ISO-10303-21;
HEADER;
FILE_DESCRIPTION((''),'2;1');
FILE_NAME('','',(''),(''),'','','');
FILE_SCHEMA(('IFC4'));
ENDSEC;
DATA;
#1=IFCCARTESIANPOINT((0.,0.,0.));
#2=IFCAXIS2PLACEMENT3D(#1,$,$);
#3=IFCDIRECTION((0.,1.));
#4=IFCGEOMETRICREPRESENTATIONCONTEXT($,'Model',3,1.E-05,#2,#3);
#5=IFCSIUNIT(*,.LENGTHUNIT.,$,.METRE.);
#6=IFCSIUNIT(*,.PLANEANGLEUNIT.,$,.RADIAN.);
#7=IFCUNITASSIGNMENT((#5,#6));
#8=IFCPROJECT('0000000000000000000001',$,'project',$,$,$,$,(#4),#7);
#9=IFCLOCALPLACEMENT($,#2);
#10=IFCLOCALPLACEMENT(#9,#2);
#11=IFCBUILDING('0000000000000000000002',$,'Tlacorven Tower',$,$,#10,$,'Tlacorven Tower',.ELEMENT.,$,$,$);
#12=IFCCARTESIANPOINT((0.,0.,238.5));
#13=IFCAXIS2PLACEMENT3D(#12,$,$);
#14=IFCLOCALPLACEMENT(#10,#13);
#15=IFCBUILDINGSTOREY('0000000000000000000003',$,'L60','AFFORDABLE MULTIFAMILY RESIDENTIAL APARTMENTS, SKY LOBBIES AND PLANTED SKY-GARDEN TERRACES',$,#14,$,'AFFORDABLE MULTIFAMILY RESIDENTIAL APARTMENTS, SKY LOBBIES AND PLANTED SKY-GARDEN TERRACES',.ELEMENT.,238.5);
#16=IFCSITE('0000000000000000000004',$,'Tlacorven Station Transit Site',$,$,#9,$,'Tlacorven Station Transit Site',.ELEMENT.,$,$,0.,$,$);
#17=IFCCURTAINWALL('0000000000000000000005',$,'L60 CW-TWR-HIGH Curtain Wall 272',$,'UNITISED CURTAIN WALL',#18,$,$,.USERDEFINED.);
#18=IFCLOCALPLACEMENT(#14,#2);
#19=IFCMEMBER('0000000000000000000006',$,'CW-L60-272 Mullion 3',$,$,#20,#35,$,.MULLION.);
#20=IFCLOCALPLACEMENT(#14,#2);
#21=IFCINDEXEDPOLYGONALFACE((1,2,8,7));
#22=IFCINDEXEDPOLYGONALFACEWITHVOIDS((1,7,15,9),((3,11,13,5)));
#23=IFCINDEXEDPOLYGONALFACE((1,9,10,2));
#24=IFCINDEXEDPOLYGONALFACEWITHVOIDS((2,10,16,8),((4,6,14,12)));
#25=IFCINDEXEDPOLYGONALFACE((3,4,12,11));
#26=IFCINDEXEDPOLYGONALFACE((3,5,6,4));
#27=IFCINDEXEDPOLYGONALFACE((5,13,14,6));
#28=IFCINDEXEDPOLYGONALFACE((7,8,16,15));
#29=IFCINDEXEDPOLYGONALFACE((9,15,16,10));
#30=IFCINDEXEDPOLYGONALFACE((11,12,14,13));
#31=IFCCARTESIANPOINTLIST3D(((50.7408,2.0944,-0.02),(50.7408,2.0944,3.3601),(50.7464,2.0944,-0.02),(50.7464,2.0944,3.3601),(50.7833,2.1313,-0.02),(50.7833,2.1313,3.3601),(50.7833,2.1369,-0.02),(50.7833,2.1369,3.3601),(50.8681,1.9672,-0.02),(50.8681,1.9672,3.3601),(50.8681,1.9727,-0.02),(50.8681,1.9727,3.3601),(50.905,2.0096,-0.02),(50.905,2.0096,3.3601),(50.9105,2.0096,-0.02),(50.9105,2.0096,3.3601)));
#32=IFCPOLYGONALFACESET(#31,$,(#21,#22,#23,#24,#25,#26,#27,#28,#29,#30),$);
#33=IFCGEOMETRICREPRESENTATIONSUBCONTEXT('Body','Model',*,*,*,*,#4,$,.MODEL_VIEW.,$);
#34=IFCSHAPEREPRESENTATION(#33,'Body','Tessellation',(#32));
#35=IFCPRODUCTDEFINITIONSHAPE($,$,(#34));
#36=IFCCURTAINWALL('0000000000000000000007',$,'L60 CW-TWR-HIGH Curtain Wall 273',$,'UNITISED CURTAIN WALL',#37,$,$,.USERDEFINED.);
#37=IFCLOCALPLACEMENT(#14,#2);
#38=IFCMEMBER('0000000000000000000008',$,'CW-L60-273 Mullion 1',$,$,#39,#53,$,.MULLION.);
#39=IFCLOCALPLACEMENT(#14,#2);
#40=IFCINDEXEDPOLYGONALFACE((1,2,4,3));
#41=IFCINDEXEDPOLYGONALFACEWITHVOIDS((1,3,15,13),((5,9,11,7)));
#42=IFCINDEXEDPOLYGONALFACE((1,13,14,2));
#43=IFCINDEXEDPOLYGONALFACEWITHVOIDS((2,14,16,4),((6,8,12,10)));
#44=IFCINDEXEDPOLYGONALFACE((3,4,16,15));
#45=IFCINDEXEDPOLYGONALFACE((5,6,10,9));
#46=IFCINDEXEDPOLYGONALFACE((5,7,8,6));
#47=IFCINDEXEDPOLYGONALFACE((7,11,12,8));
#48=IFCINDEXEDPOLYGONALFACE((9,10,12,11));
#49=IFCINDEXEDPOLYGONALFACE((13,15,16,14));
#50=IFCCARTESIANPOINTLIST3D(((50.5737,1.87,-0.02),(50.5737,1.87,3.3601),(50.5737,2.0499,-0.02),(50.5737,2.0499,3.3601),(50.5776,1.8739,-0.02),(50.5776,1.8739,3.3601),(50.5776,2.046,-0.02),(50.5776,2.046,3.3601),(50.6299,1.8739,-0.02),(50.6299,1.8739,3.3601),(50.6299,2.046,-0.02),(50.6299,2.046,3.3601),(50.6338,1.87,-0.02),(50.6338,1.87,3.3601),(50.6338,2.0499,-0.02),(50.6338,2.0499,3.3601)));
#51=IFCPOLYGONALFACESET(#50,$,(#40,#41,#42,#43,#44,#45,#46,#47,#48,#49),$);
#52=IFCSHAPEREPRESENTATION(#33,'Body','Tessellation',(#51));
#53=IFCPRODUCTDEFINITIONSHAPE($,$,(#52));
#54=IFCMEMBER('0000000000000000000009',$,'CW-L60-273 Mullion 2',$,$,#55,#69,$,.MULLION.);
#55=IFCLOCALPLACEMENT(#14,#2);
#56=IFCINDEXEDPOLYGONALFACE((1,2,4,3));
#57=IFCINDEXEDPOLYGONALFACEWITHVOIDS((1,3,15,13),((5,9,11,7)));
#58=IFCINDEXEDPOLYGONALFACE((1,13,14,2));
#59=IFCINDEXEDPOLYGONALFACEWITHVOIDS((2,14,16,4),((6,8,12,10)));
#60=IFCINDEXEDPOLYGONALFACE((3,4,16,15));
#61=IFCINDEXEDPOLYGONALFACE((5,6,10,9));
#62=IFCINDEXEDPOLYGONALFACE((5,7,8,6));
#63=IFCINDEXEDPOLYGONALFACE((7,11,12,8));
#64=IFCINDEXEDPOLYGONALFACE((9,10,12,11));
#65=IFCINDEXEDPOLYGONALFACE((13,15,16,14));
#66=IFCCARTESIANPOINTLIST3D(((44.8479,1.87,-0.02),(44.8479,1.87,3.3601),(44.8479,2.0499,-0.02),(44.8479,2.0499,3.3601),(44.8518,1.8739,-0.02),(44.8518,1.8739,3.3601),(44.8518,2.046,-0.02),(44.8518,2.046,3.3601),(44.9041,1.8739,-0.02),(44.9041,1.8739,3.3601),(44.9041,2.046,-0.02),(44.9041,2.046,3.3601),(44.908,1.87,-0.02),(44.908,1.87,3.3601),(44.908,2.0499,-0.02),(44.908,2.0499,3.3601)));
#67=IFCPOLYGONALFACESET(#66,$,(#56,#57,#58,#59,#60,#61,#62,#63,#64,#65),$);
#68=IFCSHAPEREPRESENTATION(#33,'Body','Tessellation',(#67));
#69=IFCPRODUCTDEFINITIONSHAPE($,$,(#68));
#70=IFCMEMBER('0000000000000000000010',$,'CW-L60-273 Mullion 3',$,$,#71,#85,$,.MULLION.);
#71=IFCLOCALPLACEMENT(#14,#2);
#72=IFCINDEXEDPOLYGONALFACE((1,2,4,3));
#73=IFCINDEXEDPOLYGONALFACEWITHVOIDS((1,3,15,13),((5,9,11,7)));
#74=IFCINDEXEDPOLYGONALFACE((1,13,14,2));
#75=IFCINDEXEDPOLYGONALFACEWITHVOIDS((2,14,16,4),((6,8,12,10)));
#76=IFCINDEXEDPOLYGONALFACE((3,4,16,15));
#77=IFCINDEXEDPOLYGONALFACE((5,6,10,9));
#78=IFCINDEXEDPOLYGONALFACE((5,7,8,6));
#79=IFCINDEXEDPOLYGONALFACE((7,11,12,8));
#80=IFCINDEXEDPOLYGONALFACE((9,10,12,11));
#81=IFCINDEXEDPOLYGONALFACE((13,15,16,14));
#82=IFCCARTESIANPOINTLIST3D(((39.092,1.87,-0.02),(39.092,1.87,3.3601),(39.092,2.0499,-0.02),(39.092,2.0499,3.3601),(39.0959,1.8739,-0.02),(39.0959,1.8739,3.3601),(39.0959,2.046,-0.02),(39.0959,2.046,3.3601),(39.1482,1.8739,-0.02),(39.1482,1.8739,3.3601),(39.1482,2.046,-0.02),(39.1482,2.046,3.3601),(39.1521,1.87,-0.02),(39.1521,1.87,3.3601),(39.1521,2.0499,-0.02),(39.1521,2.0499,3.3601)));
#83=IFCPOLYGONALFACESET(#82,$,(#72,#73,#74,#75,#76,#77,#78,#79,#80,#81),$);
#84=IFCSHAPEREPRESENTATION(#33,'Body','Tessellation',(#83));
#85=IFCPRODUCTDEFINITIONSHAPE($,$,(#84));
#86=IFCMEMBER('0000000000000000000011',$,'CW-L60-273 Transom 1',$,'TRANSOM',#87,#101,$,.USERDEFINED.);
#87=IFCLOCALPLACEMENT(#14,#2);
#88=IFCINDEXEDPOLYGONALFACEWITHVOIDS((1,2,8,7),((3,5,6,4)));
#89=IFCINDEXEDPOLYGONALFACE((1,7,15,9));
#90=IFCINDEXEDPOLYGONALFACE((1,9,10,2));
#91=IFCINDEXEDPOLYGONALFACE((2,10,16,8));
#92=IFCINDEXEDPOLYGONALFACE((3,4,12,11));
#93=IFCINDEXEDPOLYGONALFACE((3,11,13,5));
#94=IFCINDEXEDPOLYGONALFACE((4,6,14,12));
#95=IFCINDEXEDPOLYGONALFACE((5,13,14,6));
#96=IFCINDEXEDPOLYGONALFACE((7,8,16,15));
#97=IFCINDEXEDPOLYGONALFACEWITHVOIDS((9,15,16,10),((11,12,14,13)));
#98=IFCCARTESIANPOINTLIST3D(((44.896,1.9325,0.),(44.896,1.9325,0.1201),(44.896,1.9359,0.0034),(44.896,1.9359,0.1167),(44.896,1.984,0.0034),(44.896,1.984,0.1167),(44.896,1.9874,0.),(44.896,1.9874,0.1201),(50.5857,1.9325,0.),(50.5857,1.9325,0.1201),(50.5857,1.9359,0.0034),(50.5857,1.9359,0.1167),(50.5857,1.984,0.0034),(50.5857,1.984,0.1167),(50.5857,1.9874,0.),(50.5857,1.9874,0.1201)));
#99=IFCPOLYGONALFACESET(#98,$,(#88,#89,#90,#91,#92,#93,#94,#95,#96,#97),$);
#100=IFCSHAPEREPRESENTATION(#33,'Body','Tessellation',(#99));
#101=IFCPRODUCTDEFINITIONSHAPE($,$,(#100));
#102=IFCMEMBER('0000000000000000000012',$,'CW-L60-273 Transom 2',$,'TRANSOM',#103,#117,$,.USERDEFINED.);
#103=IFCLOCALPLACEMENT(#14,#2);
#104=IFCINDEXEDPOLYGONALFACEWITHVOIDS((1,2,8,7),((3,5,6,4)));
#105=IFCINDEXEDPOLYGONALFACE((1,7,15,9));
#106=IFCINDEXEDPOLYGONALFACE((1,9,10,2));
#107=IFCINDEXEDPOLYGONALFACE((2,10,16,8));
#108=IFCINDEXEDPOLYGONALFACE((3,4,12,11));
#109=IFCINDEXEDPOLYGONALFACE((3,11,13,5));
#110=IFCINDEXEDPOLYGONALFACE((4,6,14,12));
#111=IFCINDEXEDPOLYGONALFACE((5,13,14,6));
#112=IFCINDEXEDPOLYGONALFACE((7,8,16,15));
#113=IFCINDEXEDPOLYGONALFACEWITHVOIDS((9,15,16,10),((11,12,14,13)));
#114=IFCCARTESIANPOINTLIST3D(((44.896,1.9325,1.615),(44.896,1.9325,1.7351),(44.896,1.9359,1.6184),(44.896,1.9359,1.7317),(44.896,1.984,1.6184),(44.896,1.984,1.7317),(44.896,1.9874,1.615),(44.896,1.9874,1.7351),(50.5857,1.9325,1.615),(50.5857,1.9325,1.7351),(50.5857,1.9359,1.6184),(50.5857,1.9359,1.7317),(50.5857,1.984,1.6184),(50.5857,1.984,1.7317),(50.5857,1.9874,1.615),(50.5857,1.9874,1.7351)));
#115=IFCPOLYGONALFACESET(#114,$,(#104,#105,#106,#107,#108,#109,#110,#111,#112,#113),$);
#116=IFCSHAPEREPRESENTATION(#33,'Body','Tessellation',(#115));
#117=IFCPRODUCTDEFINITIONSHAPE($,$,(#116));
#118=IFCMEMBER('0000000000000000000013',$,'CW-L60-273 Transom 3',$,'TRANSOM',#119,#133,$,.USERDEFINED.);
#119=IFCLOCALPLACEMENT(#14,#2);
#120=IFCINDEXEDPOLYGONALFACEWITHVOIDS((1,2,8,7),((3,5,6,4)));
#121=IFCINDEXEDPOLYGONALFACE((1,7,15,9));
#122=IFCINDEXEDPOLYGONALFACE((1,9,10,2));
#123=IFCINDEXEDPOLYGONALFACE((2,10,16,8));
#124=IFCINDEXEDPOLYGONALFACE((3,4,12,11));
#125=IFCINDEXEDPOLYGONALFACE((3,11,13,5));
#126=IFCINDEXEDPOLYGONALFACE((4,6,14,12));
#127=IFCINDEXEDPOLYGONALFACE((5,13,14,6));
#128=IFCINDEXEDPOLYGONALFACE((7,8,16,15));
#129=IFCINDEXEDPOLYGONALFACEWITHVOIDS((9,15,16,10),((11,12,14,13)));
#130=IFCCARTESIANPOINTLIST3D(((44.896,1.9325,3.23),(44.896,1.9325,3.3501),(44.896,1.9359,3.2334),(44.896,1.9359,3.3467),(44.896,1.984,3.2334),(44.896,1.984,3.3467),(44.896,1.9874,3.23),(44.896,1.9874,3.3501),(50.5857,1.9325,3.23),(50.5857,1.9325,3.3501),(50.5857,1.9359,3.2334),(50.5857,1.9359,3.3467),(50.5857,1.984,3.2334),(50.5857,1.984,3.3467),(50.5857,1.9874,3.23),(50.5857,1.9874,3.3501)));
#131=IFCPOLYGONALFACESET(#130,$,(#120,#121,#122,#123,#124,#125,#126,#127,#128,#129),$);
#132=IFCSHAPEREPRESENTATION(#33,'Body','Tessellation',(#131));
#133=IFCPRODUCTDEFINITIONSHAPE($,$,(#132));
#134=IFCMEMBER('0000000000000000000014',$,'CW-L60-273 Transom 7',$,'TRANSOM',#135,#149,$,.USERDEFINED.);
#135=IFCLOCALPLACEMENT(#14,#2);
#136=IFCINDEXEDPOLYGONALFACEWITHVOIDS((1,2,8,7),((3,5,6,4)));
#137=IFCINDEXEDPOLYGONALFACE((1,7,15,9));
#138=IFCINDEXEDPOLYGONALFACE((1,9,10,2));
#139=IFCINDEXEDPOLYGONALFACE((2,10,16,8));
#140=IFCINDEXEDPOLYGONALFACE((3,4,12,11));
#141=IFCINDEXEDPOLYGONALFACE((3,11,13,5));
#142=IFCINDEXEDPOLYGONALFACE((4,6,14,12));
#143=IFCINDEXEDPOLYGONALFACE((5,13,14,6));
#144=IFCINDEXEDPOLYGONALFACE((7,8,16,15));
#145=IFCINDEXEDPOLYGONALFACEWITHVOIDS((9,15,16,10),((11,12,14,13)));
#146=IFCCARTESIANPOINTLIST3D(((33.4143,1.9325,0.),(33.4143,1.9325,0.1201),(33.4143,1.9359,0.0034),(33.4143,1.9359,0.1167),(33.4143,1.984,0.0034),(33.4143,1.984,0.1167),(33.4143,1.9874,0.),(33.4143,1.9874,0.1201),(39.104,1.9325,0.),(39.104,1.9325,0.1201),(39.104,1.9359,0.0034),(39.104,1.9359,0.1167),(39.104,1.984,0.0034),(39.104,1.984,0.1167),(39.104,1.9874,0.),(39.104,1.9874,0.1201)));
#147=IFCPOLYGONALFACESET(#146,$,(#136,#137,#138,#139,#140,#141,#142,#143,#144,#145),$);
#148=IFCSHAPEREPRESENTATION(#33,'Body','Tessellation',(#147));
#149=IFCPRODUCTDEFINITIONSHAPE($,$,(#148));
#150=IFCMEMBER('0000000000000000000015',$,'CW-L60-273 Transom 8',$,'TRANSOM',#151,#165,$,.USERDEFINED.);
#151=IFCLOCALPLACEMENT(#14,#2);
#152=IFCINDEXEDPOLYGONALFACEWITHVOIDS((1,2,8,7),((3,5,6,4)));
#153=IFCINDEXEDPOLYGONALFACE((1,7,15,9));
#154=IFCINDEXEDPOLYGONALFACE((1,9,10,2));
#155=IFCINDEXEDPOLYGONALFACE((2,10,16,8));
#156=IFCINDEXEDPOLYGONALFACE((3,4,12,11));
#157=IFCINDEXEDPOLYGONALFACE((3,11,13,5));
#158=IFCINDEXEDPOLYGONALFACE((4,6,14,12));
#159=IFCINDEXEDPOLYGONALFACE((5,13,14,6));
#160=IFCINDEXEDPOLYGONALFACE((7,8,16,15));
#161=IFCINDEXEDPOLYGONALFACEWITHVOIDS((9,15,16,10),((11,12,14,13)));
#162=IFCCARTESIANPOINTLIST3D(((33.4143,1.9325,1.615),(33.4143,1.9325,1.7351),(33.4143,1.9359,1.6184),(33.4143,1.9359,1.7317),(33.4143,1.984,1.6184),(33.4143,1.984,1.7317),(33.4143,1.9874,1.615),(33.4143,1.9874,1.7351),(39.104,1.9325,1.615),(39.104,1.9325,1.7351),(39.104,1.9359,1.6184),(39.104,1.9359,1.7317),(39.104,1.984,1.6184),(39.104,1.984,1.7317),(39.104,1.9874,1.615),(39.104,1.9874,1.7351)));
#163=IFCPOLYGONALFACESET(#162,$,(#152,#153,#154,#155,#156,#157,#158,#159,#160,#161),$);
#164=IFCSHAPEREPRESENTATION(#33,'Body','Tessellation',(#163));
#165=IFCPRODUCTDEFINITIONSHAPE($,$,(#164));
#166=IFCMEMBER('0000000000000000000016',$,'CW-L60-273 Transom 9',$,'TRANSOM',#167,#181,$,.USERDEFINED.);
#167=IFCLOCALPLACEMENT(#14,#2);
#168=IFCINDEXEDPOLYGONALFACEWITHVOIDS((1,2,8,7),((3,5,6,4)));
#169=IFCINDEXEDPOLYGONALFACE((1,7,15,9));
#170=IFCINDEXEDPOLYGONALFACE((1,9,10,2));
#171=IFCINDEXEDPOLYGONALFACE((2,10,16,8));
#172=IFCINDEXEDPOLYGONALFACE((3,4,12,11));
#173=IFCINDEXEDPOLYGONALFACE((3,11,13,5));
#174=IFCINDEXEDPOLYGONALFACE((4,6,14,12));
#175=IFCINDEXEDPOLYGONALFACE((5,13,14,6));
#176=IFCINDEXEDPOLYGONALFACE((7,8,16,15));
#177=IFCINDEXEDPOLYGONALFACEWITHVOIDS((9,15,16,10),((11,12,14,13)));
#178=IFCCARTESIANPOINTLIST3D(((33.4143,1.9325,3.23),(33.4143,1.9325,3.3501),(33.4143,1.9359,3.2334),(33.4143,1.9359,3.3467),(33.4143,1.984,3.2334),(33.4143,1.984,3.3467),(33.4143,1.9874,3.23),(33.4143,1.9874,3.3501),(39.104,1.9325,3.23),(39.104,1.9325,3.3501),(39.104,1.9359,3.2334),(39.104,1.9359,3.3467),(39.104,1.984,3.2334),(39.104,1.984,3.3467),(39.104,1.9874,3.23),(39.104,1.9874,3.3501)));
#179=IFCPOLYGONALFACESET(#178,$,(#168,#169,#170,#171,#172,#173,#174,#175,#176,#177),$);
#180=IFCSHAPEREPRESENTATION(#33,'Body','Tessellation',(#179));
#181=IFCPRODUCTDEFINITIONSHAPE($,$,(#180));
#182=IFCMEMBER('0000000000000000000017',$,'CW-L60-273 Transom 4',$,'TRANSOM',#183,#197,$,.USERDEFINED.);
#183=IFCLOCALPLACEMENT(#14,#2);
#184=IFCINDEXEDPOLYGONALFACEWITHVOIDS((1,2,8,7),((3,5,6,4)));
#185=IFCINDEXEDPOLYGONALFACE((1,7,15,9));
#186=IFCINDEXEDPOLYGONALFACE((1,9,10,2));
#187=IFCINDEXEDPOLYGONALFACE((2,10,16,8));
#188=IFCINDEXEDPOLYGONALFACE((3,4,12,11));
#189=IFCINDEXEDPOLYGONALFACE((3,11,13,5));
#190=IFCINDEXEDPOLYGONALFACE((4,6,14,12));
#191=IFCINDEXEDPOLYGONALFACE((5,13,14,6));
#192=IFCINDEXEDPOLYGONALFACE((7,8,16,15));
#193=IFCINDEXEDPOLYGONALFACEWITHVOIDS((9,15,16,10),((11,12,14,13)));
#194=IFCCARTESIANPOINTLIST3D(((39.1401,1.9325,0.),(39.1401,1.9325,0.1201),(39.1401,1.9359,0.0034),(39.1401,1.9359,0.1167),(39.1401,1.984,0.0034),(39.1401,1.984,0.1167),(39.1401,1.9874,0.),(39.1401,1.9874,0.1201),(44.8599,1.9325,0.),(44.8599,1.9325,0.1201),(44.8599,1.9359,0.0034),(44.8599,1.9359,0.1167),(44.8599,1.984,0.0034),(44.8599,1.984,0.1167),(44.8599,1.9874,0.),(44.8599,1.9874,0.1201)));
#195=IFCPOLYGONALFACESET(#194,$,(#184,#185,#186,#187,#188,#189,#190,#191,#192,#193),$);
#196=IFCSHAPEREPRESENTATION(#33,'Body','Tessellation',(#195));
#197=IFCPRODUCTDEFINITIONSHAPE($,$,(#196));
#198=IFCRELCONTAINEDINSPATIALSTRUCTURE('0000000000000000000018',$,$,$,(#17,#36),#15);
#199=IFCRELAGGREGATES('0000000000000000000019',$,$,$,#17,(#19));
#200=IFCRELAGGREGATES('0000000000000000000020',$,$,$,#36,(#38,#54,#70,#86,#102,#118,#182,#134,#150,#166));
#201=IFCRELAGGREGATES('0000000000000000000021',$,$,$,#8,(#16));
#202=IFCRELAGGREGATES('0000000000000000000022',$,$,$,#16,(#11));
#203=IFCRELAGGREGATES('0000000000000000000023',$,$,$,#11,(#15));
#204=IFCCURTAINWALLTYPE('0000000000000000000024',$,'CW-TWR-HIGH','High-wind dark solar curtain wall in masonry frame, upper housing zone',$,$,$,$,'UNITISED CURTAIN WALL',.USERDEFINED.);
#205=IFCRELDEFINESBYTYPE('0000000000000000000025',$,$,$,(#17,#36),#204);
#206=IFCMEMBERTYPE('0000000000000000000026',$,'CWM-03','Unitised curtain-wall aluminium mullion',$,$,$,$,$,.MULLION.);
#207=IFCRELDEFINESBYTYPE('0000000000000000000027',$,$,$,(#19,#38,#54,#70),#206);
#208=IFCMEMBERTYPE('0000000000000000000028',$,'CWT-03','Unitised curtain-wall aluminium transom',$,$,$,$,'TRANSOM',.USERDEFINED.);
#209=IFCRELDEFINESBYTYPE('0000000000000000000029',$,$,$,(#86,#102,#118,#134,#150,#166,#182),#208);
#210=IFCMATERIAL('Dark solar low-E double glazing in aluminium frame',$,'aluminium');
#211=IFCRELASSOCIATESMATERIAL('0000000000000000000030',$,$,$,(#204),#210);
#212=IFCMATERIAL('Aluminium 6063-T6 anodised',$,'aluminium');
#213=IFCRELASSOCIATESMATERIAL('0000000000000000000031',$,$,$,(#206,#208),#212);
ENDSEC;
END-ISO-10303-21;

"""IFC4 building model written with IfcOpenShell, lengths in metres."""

from ifc_helpers import new_model, si_unit, direction, frame, origin, origin_2d, place, context, subcontext, project, spatial, hollow_rectangle, extrude, source, transform, mapped, material, material_profile, profile_set, type_object, element, aggregate, save


model = new_model("IFC4")

# Units and contexts
model_context = context("Model", 3, precision=1e-05, world=origin(), true_north=direction((0.0, 1.0)))
body_context = subcontext(model_context, "Body", "Model", "MODEL_VIEW")
ifc_project = project(units=[si_unit("LENGTHUNIT", "METRE"), si_unit("PLANEANGLEUNIT", "RADIAN")], contexts=[model_context])

# Site, building, storey
site_placement = place(None, origin())
site = spatial("IfcSite", under=ifc_project, at=site_placement, Name="Tlacorven Station Transit Site", LongName="Tlacorven Station Transit Site", CompositionType="ELEMENT", RefElevation=0.0)
building_placement = place(site_placement, origin())
building = spatial("IfcBuilding", under=site, at=building_placement, Name="Tlacorven Tower", LongName="Tlacorven Tower", CompositionType="ELEMENT")
storey_placement = place(building_placement, frame((0.0, 0.0, 238.5)))
storey = spatial("IfcBuildingStorey", under=building, at=storey_placement, Name="L60", Description="AFFORDABLE MULTIFAMILY RESIDENTIAL APARTMENTS, SKY LOBBIES AND PLANTED SKY-GARDEN TERRACES", LongName="AFFORDABLE MULTIFAMILY RESIDENTIAL APARTMENTS, SKY LOBBIES AND PLANTED SKY-GARDEN TERRACES", CompositionType="ELEMENT", Elevation=238.5)

# Curtain wall, member
ifc_material_1 = material(Name="Dark solar low-E double glazing in aluminium frame", Category="aluminium")
curtain_wall_type = type_object("IfcCurtainWallType", Name="CW-TWR-HIGH", Description="High-wind dark solar curtain wall in masonry frame, upper housing zone", ElementType="UNITISED CURTAIN WALL", PredefinedType="USERDEFINED", material=ifc_material_1)
curtain_wall_1_placement = place(storey_placement, origin())
curtain_wall_1 = element("IfcCurtainWall", 1, at=curtain_wall_1_placement, inside=storey, type_object=curtain_wall_type, Name="L60 CW-TWR-HIGH Curtain Wall 272", ObjectType="UNITISED CURTAIN WALL", PredefinedType="USERDEFINED")
ifc_material_2 = material(Name="Aluminium 6063-T6 anodised", Category="aluminium")
ifc_material_profile_1 = material_profile(ifc_material_2, hollow_rectangle(XDim=0.0601, YDim=0.1799, WallThickness=0.0039, at=origin_2d()), Name="ALU MULLION 60X180")
ifc_profile_set_1 = profile_set([ifc_material_profile_1], Name="Aluminium 6063-T6 anodised")
member_type_1 = type_object("IfcMemberType", Name="CWM-03", Description="Unitised curtain-wall aluminium mullion", PredefinedType="MULLION", material=ifc_profile_set_1)
shared_shape_1 = source(origin(), body_context, "Body", "SweptSolid", [
    extrude(hollow_rectangle(XDim=0.0601, YDim=0.1799, WallThickness=0.0039, at=origin_2d()), origin(), (0.0, 0.0, 1.0), 3.3801),
])
member_1_placement = place(storey_placement, frame((50.8257, 2.052, -0.02), z_axis=(0.0, 0.0, 1.0), x_axis=(-0.707107, -0.707107, 0.0)))
member_1 = element("IfcMember", 2, at=member_1_placement, type_object=member_type_1, Name="CW-L60-272 Mullion 3", PredefinedType="MULLION", context=body_context, shape_type="MappedRepresentation", body=[
    mapped(shared_shape_1, transform((0.0, 0.0, 0.0), scale=1.0)),
])

# Curtain wall, members
curtain_wall_2_placement = place(storey_placement, origin())
curtain_wall_2 = element("IfcCurtainWall", 3, at=curtain_wall_2_placement, inside=storey, type_object=curtain_wall_type, Name="L60 CW-TWR-HIGH Curtain Wall 273", ObjectType="UNITISED CURTAIN WALL", PredefinedType="USERDEFINED")
member_2_placement = place(storey_placement, frame((50.6038, 1.96, -0.02), z_axis=(0.0, 0.0, 1.0), x_axis=(-1.0, 0.0, 0.0)))
member_2 = element("IfcMember", 4, at=member_2_placement, type_object=member_type_1, Name="CW-L60-273 Mullion 1", PredefinedType="MULLION", context=body_context, shape_type="MappedRepresentation", body=[
    mapped(shared_shape_1, transform((0.0, 0.0, 0.0), scale=1.0)),
])
member_3_placement = place(storey_placement, frame((44.8779, 1.96, -0.02), z_axis=(0.0, 0.0, 1.0), x_axis=(-1.0, 0.0, 0.0)))
member_3 = element("IfcMember", 5, at=member_3_placement, type_object=member_type_1, Name="CW-L60-273 Mullion 2", PredefinedType="MULLION", context=body_context, shape_type="MappedRepresentation", body=[
    mapped(shared_shape_1, transform((0.0, 0.0, 0.0), scale=1.0)),
])
member_4_placement = place(storey_placement, frame((39.1221, 1.96, -0.02), z_axis=(0.0, 0.0, 1.0), x_axis=(-1.0, 0.0, 0.0)))
member_4 = element("IfcMember", 6, at=member_4_placement, type_object=member_type_1, Name="CW-L60-273 Mullion 3", PredefinedType="MULLION", context=body_context, shape_type="MappedRepresentation", body=[
    mapped(shared_shape_1, transform((0.0, 0.0, 0.0), scale=1.0)),
])
ifc_material_profile_2 = material_profile(ifc_material_2, hollow_rectangle(XDim=0.0549, YDim=0.1201, WallThickness=0.0034, at=origin_2d()), Name="ALU TRANSOM 55X120")
ifc_profile_set_2 = profile_set([ifc_material_profile_2], Name="Aluminium 6063-T6 anodised")
member_type_2 = type_object("IfcMemberType", Name="CWT-03", Description="Unitised curtain-wall aluminium transom", ElementType="TRANSOM", PredefinedType="USERDEFINED", material=ifc_profile_set_2)
shared_shape_2 = source(origin(), body_context, "Body", "SweptSolid", [
    extrude(hollow_rectangle(XDim=0.0549, YDim=0.1201, WallThickness=0.0034, at=origin_2d()), origin(), (0.0, 0.0, 1.0), 5.6897),
])
member_5_placement = place(storey_placement, frame((50.5857, 1.96, 0.0601), z_axis=(-1.0, 0.0, 0.0), x_axis=(0.0, -1.0, 0.0)))
member_5 = element("IfcMember", 7, at=member_5_placement, type_object=member_type_2, Name="CW-L60-273 Transom 1", ObjectType="TRANSOM", PredefinedType="USERDEFINED", context=body_context, shape_type="MappedRepresentation", body=[
    mapped(shared_shape_2, transform((0.0, 0.0, 0.0), scale=1.0)),
])
member_6_placement = place(storey_placement, frame((50.5857, 1.96, 1.675), z_axis=(-1.0, 0.0, 0.0), x_axis=(0.0, -1.0, 0.0)))
member_6 = element("IfcMember", 8, at=member_6_placement, type_object=member_type_2, Name="CW-L60-273 Transom 2", ObjectType="TRANSOM", PredefinedType="USERDEFINED", context=body_context, shape_type="MappedRepresentation", body=[
    mapped(shared_shape_2, transform((0.0, 0.0, 0.0), scale=1.0)),
])
member_7_placement = place(storey_placement, frame((50.5857, 1.96, 3.29), z_axis=(-1.0, 0.0, 0.0), x_axis=(0.0, -1.0, 0.0)))
member_7 = element("IfcMember", 9, at=member_7_placement, type_object=member_type_2, Name="CW-L60-273 Transom 3", ObjectType="TRANSOM", PredefinedType="USERDEFINED", context=body_context, shape_type="MappedRepresentation", body=[
    mapped(shared_shape_2, transform((0.0, 0.0, 0.0), scale=1.0)),
])
member_8_placement = place(storey_placement, frame((39.104, 1.96, 0.0601), z_axis=(-1.0, 0.0, 0.0), x_axis=(0.0, -1.0, 0.0)))
member_8 = element("IfcMember", 10, at=member_8_placement, type_object=member_type_2, Name="CW-L60-273 Transom 7", ObjectType="TRANSOM", PredefinedType="USERDEFINED", context=body_context, shape_type="MappedRepresentation", body=[
    mapped(shared_shape_2, transform((0.0, 0.0, 0.0), scale=1.0)),
])
member_9_placement = place(storey_placement, frame((39.104, 1.96, 1.675), z_axis=(-1.0, 0.0, 0.0), x_axis=(0.0, -1.0, 0.0)))
member_9 = element("IfcMember", 11, at=member_9_placement, type_object=member_type_2, Name="CW-L60-273 Transom 8", ObjectType="TRANSOM", PredefinedType="USERDEFINED", context=body_context, shape_type="MappedRepresentation", body=[
    mapped(shared_shape_2, transform((0.0, 0.0, 0.0), scale=1.0)),
])
member_10_placement = place(storey_placement, frame((39.104, 1.96, 3.29), z_axis=(-1.0, 0.0, 0.0), x_axis=(0.0, -1.0, 0.0)))
member_10 = element("IfcMember", 12, at=member_10_placement, type_object=member_type_2, Name="CW-L60-273 Transom 9", ObjectType="TRANSOM", PredefinedType="USERDEFINED", context=body_context, shape_type="MappedRepresentation", body=[
    mapped(shared_shape_2, transform((0.0, 0.0, 0.0), scale=1.0)),
])
shared_shape_3 = source(origin(), body_context, "Body", "SweptSolid", [
    extrude(hollow_rectangle(XDim=0.0549, YDim=0.1201, WallThickness=0.0034, at=origin_2d()), origin(), (0.0, 0.0, 1.0), 5.7197),
])
member_11_placement = place(storey_placement, frame((44.8599, 1.96, 0.0601), z_axis=(-1.0, 0.0, 0.0), x_axis=(0.0, -1.0, 0.0)))
member_11 = element("IfcMember", 13, at=member_11_placement, type_object=member_type_2, Name="CW-L60-273 Transom 4", ObjectType="TRANSOM", PredefinedType="USERDEFINED", context=body_context, shape_type="MappedRepresentation", body=[
    mapped(shared_shape_3, transform((0.0, 0.0, 0.0), scale=1.0)),
])

aggregate(curtain_wall_1, [member_1])
aggregate(curtain_wall_2, [member_2, member_3, member_4, member_5, member_6, member_7, member_11, member_8, member_9, member_10])

save(model, "model.ifc")
